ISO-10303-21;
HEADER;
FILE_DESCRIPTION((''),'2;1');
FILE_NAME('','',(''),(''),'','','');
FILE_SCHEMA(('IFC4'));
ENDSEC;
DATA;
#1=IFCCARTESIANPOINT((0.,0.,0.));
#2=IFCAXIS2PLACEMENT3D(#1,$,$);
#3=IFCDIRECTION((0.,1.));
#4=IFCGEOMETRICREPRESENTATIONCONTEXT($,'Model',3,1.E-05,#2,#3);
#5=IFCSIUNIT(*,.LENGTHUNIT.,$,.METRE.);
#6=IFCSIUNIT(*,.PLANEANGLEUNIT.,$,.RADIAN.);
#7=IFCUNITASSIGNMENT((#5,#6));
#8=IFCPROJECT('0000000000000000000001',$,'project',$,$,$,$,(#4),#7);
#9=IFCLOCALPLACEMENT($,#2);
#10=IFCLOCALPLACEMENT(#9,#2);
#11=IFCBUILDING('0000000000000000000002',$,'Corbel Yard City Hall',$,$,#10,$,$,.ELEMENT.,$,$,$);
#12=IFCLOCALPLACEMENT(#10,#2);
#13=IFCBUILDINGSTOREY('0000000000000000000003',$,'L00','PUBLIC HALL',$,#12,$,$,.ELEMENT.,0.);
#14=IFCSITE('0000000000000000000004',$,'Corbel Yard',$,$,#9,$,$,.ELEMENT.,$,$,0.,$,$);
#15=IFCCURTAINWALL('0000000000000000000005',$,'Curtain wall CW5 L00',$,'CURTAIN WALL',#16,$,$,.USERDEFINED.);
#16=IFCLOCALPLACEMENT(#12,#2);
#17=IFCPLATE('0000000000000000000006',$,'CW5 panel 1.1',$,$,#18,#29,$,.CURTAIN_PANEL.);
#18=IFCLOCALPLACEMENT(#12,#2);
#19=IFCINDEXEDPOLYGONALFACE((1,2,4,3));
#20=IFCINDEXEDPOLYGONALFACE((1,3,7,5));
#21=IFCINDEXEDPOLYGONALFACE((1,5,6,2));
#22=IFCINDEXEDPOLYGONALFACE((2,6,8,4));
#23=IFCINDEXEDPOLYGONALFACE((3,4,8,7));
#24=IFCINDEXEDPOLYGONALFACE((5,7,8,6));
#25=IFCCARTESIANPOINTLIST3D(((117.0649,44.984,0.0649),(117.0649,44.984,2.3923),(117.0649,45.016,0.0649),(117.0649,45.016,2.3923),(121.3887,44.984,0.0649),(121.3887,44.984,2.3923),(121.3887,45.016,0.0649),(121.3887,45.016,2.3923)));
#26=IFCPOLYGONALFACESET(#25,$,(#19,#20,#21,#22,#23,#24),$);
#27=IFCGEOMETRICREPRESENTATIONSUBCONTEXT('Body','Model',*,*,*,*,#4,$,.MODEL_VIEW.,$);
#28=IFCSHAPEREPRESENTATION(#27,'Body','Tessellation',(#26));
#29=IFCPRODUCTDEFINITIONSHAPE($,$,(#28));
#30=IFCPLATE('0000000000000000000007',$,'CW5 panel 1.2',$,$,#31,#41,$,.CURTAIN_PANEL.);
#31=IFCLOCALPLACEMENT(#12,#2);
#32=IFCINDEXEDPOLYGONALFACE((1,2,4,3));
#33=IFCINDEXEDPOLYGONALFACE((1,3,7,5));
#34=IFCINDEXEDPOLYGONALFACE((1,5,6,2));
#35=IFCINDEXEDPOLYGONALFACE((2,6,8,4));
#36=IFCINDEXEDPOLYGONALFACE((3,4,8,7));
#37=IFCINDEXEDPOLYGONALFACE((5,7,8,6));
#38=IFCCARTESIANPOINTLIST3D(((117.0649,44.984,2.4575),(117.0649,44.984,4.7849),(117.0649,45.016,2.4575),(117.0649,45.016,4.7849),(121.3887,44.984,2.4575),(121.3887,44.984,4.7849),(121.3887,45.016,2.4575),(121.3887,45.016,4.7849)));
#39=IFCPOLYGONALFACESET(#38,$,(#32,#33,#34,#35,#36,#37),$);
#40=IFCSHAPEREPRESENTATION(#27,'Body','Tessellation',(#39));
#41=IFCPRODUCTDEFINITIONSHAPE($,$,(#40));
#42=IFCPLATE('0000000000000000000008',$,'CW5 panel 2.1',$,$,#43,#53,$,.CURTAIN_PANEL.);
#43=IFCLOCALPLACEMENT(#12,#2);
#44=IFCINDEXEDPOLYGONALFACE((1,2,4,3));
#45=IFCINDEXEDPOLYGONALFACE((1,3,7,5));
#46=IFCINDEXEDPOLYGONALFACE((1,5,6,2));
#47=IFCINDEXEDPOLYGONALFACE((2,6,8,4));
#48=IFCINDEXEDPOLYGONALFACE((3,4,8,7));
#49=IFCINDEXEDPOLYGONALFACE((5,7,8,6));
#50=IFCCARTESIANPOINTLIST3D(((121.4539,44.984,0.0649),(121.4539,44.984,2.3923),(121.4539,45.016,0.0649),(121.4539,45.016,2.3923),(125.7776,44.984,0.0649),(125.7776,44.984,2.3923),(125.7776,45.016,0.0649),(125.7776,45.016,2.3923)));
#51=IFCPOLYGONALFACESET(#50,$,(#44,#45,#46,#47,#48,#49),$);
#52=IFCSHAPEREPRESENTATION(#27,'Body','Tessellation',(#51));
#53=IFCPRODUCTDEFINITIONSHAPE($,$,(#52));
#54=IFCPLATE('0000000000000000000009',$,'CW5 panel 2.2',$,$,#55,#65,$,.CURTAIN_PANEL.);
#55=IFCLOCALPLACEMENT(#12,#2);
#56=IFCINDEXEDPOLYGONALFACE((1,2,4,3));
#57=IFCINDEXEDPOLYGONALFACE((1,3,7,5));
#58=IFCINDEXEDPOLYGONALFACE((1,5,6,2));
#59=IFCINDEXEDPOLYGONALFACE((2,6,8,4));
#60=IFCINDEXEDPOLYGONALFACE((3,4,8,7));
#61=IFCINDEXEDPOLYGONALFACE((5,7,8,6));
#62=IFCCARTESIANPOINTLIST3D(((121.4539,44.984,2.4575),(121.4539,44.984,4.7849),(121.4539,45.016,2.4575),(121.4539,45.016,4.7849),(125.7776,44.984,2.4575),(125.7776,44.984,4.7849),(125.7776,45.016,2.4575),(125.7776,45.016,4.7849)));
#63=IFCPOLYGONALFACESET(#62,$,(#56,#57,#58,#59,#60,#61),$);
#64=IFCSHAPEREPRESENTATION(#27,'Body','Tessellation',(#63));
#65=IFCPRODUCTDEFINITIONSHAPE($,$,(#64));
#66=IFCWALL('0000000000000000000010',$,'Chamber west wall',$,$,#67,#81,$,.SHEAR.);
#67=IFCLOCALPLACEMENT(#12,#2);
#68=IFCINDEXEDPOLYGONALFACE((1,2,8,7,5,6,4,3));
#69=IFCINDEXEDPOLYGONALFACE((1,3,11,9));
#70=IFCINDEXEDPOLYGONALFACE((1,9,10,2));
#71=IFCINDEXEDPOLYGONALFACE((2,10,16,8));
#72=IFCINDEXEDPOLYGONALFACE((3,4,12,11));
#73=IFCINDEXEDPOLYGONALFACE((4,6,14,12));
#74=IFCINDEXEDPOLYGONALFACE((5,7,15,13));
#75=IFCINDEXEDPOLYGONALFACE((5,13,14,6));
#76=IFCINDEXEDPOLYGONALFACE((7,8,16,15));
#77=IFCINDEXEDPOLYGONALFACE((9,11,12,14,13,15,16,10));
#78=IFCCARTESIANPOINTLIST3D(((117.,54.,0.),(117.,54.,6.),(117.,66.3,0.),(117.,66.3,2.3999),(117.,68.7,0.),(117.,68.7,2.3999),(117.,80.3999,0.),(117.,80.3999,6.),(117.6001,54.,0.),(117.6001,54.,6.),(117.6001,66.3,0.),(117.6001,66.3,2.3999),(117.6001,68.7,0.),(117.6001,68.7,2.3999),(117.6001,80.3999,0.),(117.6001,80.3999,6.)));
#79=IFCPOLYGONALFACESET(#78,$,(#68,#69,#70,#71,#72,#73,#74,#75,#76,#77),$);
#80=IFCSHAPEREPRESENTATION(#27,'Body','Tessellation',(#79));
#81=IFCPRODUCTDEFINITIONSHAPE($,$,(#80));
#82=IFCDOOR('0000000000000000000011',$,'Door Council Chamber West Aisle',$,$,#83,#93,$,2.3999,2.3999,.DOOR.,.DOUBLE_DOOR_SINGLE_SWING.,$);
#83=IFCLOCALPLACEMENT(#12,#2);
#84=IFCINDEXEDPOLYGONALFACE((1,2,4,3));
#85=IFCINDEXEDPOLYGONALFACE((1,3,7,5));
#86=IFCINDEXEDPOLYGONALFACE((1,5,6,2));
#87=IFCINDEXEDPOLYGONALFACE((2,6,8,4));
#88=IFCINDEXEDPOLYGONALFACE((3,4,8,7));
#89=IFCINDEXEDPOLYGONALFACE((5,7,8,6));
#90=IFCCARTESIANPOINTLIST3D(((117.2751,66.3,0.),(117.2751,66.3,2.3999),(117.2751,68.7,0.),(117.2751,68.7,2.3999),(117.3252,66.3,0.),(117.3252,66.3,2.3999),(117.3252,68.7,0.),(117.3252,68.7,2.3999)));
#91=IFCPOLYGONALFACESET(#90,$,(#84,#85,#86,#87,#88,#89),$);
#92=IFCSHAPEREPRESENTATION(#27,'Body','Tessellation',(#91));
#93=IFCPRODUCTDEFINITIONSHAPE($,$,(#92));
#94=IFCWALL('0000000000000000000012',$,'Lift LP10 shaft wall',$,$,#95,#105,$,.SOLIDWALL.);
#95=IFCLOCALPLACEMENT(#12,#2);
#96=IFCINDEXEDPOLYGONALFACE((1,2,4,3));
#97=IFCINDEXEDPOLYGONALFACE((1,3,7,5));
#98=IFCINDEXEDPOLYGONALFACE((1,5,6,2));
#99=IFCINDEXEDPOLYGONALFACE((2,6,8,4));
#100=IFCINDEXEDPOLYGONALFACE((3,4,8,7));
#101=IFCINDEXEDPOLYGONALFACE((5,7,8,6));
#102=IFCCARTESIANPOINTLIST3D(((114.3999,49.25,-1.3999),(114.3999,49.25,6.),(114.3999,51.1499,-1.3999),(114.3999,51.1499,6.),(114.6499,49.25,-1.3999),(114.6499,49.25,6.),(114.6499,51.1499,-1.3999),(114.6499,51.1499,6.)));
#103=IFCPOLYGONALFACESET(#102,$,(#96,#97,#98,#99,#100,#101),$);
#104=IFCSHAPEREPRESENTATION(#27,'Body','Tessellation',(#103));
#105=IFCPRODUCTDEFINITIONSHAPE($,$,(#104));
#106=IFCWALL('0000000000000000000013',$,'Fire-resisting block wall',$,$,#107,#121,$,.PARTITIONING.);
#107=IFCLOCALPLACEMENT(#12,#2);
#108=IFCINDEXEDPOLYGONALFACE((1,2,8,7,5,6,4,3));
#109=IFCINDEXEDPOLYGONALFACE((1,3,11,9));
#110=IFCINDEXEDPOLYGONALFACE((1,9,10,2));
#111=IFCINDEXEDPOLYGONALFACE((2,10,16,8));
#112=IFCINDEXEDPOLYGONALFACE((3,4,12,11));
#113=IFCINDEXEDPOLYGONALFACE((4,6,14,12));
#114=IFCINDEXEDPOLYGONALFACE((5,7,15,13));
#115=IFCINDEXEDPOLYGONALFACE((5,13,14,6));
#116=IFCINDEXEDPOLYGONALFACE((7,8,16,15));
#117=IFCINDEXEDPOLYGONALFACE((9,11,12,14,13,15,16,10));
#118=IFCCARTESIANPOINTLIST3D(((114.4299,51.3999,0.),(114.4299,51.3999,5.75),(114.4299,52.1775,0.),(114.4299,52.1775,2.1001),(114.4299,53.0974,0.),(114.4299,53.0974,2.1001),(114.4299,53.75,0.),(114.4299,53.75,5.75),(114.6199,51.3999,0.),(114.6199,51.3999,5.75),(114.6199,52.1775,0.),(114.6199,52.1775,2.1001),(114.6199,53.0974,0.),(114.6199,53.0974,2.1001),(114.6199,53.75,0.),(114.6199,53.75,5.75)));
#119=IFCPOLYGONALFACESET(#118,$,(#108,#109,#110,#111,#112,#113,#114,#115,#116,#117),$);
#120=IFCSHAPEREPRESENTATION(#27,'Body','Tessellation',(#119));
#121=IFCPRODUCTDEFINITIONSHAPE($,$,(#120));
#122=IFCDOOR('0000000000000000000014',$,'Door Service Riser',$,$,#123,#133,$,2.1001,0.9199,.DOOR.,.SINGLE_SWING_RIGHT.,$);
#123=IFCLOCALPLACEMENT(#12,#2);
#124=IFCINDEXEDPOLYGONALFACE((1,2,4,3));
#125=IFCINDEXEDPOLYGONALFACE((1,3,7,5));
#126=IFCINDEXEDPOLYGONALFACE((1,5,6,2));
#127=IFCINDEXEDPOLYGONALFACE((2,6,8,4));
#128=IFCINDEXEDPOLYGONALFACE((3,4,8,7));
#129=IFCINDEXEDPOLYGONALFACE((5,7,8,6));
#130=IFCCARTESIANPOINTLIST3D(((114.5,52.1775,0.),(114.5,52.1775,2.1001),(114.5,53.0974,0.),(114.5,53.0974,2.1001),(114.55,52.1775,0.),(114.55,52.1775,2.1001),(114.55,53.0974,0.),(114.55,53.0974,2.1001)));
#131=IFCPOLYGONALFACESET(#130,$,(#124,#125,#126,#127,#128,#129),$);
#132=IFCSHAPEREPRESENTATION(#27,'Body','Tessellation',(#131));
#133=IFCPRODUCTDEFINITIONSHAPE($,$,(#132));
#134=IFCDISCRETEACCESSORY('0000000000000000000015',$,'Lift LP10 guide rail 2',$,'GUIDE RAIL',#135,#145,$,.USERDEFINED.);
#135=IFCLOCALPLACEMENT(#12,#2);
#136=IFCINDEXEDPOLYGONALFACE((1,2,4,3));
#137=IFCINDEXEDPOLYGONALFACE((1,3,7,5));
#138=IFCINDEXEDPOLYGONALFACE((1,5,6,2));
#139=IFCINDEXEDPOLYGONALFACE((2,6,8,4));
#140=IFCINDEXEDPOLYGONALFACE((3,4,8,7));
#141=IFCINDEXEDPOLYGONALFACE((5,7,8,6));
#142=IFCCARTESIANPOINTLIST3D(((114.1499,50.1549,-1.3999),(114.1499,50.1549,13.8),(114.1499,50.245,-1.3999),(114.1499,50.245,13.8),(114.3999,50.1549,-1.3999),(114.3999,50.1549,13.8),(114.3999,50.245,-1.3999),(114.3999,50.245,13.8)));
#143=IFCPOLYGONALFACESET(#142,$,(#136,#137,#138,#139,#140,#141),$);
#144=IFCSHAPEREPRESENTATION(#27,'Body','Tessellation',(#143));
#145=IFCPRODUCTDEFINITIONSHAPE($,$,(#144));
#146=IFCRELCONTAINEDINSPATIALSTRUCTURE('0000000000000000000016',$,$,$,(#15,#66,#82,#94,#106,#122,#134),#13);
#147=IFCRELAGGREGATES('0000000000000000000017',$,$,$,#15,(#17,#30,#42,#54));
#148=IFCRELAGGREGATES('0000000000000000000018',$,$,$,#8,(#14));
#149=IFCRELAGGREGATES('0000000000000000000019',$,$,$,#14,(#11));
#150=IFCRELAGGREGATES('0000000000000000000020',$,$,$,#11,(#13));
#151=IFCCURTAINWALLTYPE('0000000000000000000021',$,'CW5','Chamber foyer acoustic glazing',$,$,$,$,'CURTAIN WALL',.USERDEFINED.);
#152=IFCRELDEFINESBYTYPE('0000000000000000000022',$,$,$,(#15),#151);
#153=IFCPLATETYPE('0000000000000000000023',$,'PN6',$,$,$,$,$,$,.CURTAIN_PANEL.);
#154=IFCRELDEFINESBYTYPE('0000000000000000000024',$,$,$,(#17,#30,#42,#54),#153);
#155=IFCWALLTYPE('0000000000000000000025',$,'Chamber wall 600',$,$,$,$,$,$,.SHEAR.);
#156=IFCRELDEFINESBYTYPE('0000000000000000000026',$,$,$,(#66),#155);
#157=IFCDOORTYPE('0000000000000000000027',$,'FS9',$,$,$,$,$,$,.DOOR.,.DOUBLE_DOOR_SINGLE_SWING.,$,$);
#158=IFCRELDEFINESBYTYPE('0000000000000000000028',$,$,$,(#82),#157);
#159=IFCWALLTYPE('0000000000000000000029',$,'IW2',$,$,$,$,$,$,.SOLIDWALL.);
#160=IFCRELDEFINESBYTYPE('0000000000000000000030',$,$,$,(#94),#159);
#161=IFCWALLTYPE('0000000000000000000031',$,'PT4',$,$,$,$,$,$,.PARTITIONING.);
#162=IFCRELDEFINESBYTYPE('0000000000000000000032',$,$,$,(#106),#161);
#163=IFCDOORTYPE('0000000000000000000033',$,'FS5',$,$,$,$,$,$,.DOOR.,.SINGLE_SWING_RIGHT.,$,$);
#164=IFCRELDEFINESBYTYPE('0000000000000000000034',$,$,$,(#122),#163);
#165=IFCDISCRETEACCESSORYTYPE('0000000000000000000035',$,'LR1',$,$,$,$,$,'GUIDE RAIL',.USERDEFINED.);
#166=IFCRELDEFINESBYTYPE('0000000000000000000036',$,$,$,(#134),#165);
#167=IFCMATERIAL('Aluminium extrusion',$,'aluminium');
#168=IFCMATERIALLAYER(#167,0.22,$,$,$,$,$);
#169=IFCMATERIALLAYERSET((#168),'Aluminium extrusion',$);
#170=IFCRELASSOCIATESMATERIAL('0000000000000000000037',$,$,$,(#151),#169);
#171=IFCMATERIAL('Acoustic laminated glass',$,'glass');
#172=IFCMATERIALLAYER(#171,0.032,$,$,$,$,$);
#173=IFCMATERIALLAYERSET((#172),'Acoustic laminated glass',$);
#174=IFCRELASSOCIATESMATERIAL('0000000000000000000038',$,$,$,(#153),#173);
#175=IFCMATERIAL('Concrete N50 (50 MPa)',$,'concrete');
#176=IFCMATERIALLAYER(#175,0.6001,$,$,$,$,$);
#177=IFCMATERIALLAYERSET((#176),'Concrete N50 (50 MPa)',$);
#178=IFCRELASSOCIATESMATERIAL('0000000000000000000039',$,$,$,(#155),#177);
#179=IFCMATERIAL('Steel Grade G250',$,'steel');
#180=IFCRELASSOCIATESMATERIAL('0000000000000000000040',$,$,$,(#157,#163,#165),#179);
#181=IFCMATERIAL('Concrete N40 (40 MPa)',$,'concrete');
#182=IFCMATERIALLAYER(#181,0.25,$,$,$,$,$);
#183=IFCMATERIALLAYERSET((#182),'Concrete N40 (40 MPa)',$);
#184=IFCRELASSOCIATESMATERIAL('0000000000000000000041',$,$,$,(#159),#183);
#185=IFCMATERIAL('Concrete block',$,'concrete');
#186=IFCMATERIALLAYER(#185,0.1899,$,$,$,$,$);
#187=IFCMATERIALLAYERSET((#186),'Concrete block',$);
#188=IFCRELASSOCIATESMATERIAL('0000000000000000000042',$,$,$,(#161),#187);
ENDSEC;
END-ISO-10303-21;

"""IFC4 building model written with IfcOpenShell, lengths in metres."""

from ifc_helpers import new_model, si_unit, direction, frame, frame_2d, origin, origin_2d, place, context, subcontext, project, spatial, rectangle, extrude, material, layer, layer_set, type_object, element, fill, aggregate, save


model = new_model("IFC4")

# Units and contexts
model_context = context("Model", 3, precision=1e-05, world=origin(), true_north=direction((0.0, 1.0)))
body_context = subcontext(model_context, "Body", "Model", "MODEL_VIEW")
ifc_project = project(units=[si_unit("LENGTHUNIT", "METRE"), si_unit("PLANEANGLEUNIT", "RADIAN")], contexts=[model_context])

# Site, building, storey
site_placement = place(None, origin())
site = spatial("IfcSite", under=ifc_project, at=site_placement, Name="Corbel Yard", CompositionType="ELEMENT", RefElevation=0.0)
building_placement = place(site_placement, origin())
building = spatial("IfcBuilding", under=site, at=building_placement, Name="Corbel Yard City Hall", CompositionType="ELEMENT")
storey_placement = place(building_placement, origin())
storey = spatial("IfcBuildingStorey", under=building, at=storey_placement, Name="L00", Description="PUBLIC HALL", CompositionType="ELEMENT", Elevation=0.0)

# Shared definitions
ifc_material_1 = material(Name="Concrete N40 (40 MPa)", Category="concrete")

# Curtain wall, plates
ifc_material_2 = material(Name="Aluminium extrusion", Category="aluminium")
ifc_layer_1 = layer(ifc_material_2, 0.22)
ifc_layer_set_1 = layer_set([ifc_layer_1], Name="Aluminium extrusion")
curtain_wall_type = type_object("IfcCurtainWallType", Name="CW5", Description="Chamber foyer acoustic glazing", ElementType="CURTAIN WALL", PredefinedType="USERDEFINED", material=ifc_layer_set_1)
curtain_wall_placement = place(storey_placement, origin())
curtain_wall = element("IfcCurtainWall", 1, at=curtain_wall_placement, inside=storey, type_object=curtain_wall_type, Name="Curtain wall CW5 L00", ObjectType="CURTAIN WALL", PredefinedType="USERDEFINED")
ifc_material_3 = material(Name="Acoustic laminated glass", Category="glass")
ifc_layer_2 = layer(ifc_material_3, 0.032)
ifc_layer_set_2 = layer_set([ifc_layer_2], Name="Acoustic laminated glass")
plate_type = type_object("IfcPlateType", Name="PN6", PredefinedType="CURTAIN_PANEL", material=ifc_layer_set_2)
plate_1_placement = place(storey_placement, frame((119.2268, 45.0, 0.0649), z_axis=(0.0, 0.0, 1.0), x_axis=(1.0, 0.0, 0.0)))
plate_1 = element("IfcPlate", 2, at=plate_1_placement, type_object=plate_type, Name="CW5 panel 1.1", PredefinedType="CURTAIN_PANEL", context=body_context, shape_type="SweptSolid", body=[
    extrude(rectangle(XDim=4.3237, YDim=0.032, at=origin_2d()), origin(), (0.0, 0.0, 1.0), 2.3274),
])
plate_2_placement = place(storey_placement, frame((119.2268, 45.0, 2.4575), z_axis=(0.0, 0.0, 1.0), x_axis=(1.0, 0.0, 0.0)))
plate_2 = element("IfcPlate", 3, at=plate_2_placement, type_object=plate_type, Name="CW5 panel 1.2", PredefinedType="CURTAIN_PANEL", context=body_context, shape_type="SweptSolid", body=[
    extrude(rectangle(XDim=4.3237, YDim=0.032, at=origin_2d()), origin(), (0.0, 0.0, 1.0), 2.3274),
])
plate_3_placement = place(storey_placement, frame((123.6157, 45.0, 0.0649), z_axis=(0.0, 0.0, 1.0), x_axis=(1.0, 0.0, 0.0)))
plate_3 = element("IfcPlate", 4, at=plate_3_placement, type_object=plate_type, Name="CW5 panel 2.1", PredefinedType="CURTAIN_PANEL", context=body_context, shape_type="SweptSolid", body=[
    extrude(rectangle(XDim=4.3237, YDim=0.032, at=origin_2d()), origin(), (0.0, 0.0, 1.0), 2.3274),
])
plate_4_placement = place(storey_placement, frame((123.6157, 45.0, 2.4575), z_axis=(0.0, 0.0, 1.0), x_axis=(1.0, 0.0, 0.0)))
plate_4 = element("IfcPlate", 5, at=plate_4_placement, type_object=plate_type, Name="CW5 panel 2.2", PredefinedType="CURTAIN_PANEL", context=body_context, shape_type="SweptSolid", body=[
    extrude(rectangle(XDim=4.3237, YDim=0.032, at=origin_2d()), origin(), (0.0, 0.0, 1.0), 2.3274),
])
aggregate(curtain_wall, [plate_1, plate_2, plate_3, plate_4])

# Wall, opening, door
ifc_material_4 = material(Name="Concrete N50 (50 MPa)", Category="concrete")
ifc_layer_3 = layer(ifc_material_4, 0.6001)
ifc_layer_set_3 = layer_set([ifc_layer_3], Name="Concrete N50 (50 MPa)")
wall_type_1 = type_object("IfcWallType", Name="Chamber wall 600", PredefinedType="SHEAR", material=ifc_layer_set_3)
wall_1_placement = place(storey_placement, frame((117.3, 54.0, 0.0), z_axis=(0.0, 0.0, 1.0), x_axis=(0.0, 1.0, 0.0)))
wall_1 = element("IfcWall", 6, at=wall_1_placement, inside=storey, type_object=wall_type_1, Name="Chamber west wall", PredefinedType="SHEAR", context=body_context, shape_type="SweptSolid", body=[
    extrude(rectangle(XDim=26.3999, YDim=0.6001, at=frame_2d((13.2, 0.0))), origin(), (0.0, 0.0, 1.0), 6.0),
])
opening_1_placement = place(wall_1_placement, frame((12.3, 0.0, 0.0)))
opening_1 = element("IfcOpeningElement", 7, at=opening_1_placement, cuts=wall_1, PredefinedType="OPENING", context=body_context, shape_type="SweptSolid", body=[
    extrude(rectangle(XDim=2.3999, YDim=2.3999, at=frame_2d((1.2, 1.2))), frame((0.0, 0.3101, 0.0), z_axis=(0.0, -1.0, 0.0), x_axis=(1.0, 0.0, 0.0)), (0.0, 0.0, 1.0), 0.6201),
])
ifc_material_5 = material(Name="Steel Grade G250", Category="steel")
door_type_1 = type_object("IfcDoorType", Name="FS9", OperationType="DOUBLE_DOOR_SINGLE_SWING", PredefinedType="DOOR", material=ifc_material_5)
door_1_placement = place(opening_1_placement, origin())
door_1 = element("IfcDoor", 8, at=door_1_placement, inside=storey, type_object=door_type_1, Name="Door Council Chamber West Aisle", OperationType="DOUBLE_DOOR_SINGLE_SWING", OverallHeight=2.3999, OverallWidth=2.3999, PredefinedType="DOOR", context=body_context, shape_type="SweptSolid", body=[
    extrude(rectangle(XDim=2.3999, YDim=2.3999, at=frame_2d((1.2, 1.2))), frame((0.0, 0.0249, 0.0), z_axis=(0.0, -1.0, 0.0), x_axis=(1.0, 0.0, 0.0)), (0.0, 0.0, 1.0), 0.05),
])
fill(opening_1, door_1)

# Wall
ifc_layer_4 = layer(ifc_material_1, 0.25)
ifc_layer_set_4 = layer_set([ifc_layer_4], Name="Concrete N40 (40 MPa)")
wall_type_2 = type_object("IfcWallType", Name="IW2", PredefinedType="SOLIDWALL", material=ifc_layer_set_4)
wall_2_placement = place(storey_placement, frame((114.5249, 49.25, -1.3999), z_axis=(0.0, 0.0, 1.0), x_axis=(0.0, 1.0, 0.0)))
element("IfcWall", 9, at=wall_2_placement, inside=storey, type_object=wall_type_2, Name="Lift LP10 shaft wall", PredefinedType="SOLIDWALL", context=body_context, shape_type="SweptSolid", body=[
    extrude(rectangle(XDim=1.8999, YDim=0.25, at=frame_2d((0.95, 0.0))), origin(), (0.0, 0.0, 1.0), 7.3999),
])

# Wall, opening, door
ifc_material_6 = material(Name="Concrete block", Category="concrete")
ifc_layer_5 = layer(ifc_material_6, 0.1899)
ifc_layer_set_5 = layer_set([ifc_layer_5], Name="Concrete block")
wall_type_3 = type_object("IfcWallType", Name="PT4", PredefinedType="PARTITIONING", material=ifc_layer_set_5)
wall_3_placement = place(storey_placement, frame((114.5249, 51.3999, 0.0), z_axis=(0.0, 0.0, 1.0), x_axis=(0.0, 1.0, 0.0)))
wall_3 = element("IfcWall", 10, at=wall_3_placement, inside=storey, type_object=wall_type_3, Name="Fire-resisting block wall", PredefinedType="PARTITIONING", context=body_context, shape_type="SweptSolid", body=[
    extrude(rectangle(XDim=2.3501, YDim=0.1899, at=frame_2d((1.175, 0.0))), origin(), (0.0, 0.0, 1.0), 5.75),
])
opening_2_placement = place(wall_3_placement, frame((0.7776, 0.0, 0.0)))
opening_2 = element("IfcOpeningElement", 11, at=opening_2_placement, cuts=wall_3, PredefinedType="OPENING", context=body_context, shape_type="SweptSolid", body=[
    extrude(rectangle(XDim=0.9199, YDim=2.1001, at=frame_2d((0.46, 1.05))), frame((0.0, 0.105, 0.0), z_axis=(0.0, -1.0, 0.0), x_axis=(1.0, 0.0, 0.0)), (0.0, 0.0, 1.0), 0.21),
])
door_type_2 = type_object("IfcDoorType", Name="FS5", OperationType="SINGLE_SWING_RIGHT", PredefinedType="DOOR", material=ifc_material_5)
door_2_placement = place(opening_2_placement, origin())
door_2 = element("IfcDoor", 12, at=door_2_placement, inside=storey, type_object=door_type_2, Name="Door Service Riser", OperationType="SINGLE_SWING_RIGHT", OverallHeight=2.1001, OverallWidth=0.9199, PredefinedType="DOOR", context=body_context, shape_type="SweptSolid", body=[
    extrude(rectangle(XDim=0.9199, YDim=2.1001, at=frame_2d((0.46, 1.05))), frame((0.0, 0.0249, 0.0), z_axis=(0.0, -1.0, 0.0), x_axis=(1.0, 0.0, 0.0)), (0.0, 0.0, 1.0), 0.05),
])
fill(opening_2, door_2)

# Discrete accessory
discrete_accessory_type = type_object("IfcDiscreteAccessoryType", Name="LR1", ElementType="GUIDE RAIL", PredefinedType="USERDEFINED", material=ifc_material_5)
discrete_accessory_placement = place(storey_placement, frame((114.2749, 50.2, -1.3999), z_axis=(0.0, 0.0, 1.0), x_axis=(1.0, 0.0, 0.0)))
element("IfcDiscreteAccessory", 13, at=discrete_accessory_placement, inside=storey, type_object=discrete_accessory_type, Name="Lift LP10 guide rail 2", ObjectType="GUIDE RAIL", PredefinedType="USERDEFINED", context=body_context, shape_type="SweptSolid", body=[
    extrude(rectangle(XDim=0.25, YDim=0.0901, at=origin_2d()), origin(), (0.0, 0.0, 1.0), 15.2),
])

save(model, "model.ifc")
